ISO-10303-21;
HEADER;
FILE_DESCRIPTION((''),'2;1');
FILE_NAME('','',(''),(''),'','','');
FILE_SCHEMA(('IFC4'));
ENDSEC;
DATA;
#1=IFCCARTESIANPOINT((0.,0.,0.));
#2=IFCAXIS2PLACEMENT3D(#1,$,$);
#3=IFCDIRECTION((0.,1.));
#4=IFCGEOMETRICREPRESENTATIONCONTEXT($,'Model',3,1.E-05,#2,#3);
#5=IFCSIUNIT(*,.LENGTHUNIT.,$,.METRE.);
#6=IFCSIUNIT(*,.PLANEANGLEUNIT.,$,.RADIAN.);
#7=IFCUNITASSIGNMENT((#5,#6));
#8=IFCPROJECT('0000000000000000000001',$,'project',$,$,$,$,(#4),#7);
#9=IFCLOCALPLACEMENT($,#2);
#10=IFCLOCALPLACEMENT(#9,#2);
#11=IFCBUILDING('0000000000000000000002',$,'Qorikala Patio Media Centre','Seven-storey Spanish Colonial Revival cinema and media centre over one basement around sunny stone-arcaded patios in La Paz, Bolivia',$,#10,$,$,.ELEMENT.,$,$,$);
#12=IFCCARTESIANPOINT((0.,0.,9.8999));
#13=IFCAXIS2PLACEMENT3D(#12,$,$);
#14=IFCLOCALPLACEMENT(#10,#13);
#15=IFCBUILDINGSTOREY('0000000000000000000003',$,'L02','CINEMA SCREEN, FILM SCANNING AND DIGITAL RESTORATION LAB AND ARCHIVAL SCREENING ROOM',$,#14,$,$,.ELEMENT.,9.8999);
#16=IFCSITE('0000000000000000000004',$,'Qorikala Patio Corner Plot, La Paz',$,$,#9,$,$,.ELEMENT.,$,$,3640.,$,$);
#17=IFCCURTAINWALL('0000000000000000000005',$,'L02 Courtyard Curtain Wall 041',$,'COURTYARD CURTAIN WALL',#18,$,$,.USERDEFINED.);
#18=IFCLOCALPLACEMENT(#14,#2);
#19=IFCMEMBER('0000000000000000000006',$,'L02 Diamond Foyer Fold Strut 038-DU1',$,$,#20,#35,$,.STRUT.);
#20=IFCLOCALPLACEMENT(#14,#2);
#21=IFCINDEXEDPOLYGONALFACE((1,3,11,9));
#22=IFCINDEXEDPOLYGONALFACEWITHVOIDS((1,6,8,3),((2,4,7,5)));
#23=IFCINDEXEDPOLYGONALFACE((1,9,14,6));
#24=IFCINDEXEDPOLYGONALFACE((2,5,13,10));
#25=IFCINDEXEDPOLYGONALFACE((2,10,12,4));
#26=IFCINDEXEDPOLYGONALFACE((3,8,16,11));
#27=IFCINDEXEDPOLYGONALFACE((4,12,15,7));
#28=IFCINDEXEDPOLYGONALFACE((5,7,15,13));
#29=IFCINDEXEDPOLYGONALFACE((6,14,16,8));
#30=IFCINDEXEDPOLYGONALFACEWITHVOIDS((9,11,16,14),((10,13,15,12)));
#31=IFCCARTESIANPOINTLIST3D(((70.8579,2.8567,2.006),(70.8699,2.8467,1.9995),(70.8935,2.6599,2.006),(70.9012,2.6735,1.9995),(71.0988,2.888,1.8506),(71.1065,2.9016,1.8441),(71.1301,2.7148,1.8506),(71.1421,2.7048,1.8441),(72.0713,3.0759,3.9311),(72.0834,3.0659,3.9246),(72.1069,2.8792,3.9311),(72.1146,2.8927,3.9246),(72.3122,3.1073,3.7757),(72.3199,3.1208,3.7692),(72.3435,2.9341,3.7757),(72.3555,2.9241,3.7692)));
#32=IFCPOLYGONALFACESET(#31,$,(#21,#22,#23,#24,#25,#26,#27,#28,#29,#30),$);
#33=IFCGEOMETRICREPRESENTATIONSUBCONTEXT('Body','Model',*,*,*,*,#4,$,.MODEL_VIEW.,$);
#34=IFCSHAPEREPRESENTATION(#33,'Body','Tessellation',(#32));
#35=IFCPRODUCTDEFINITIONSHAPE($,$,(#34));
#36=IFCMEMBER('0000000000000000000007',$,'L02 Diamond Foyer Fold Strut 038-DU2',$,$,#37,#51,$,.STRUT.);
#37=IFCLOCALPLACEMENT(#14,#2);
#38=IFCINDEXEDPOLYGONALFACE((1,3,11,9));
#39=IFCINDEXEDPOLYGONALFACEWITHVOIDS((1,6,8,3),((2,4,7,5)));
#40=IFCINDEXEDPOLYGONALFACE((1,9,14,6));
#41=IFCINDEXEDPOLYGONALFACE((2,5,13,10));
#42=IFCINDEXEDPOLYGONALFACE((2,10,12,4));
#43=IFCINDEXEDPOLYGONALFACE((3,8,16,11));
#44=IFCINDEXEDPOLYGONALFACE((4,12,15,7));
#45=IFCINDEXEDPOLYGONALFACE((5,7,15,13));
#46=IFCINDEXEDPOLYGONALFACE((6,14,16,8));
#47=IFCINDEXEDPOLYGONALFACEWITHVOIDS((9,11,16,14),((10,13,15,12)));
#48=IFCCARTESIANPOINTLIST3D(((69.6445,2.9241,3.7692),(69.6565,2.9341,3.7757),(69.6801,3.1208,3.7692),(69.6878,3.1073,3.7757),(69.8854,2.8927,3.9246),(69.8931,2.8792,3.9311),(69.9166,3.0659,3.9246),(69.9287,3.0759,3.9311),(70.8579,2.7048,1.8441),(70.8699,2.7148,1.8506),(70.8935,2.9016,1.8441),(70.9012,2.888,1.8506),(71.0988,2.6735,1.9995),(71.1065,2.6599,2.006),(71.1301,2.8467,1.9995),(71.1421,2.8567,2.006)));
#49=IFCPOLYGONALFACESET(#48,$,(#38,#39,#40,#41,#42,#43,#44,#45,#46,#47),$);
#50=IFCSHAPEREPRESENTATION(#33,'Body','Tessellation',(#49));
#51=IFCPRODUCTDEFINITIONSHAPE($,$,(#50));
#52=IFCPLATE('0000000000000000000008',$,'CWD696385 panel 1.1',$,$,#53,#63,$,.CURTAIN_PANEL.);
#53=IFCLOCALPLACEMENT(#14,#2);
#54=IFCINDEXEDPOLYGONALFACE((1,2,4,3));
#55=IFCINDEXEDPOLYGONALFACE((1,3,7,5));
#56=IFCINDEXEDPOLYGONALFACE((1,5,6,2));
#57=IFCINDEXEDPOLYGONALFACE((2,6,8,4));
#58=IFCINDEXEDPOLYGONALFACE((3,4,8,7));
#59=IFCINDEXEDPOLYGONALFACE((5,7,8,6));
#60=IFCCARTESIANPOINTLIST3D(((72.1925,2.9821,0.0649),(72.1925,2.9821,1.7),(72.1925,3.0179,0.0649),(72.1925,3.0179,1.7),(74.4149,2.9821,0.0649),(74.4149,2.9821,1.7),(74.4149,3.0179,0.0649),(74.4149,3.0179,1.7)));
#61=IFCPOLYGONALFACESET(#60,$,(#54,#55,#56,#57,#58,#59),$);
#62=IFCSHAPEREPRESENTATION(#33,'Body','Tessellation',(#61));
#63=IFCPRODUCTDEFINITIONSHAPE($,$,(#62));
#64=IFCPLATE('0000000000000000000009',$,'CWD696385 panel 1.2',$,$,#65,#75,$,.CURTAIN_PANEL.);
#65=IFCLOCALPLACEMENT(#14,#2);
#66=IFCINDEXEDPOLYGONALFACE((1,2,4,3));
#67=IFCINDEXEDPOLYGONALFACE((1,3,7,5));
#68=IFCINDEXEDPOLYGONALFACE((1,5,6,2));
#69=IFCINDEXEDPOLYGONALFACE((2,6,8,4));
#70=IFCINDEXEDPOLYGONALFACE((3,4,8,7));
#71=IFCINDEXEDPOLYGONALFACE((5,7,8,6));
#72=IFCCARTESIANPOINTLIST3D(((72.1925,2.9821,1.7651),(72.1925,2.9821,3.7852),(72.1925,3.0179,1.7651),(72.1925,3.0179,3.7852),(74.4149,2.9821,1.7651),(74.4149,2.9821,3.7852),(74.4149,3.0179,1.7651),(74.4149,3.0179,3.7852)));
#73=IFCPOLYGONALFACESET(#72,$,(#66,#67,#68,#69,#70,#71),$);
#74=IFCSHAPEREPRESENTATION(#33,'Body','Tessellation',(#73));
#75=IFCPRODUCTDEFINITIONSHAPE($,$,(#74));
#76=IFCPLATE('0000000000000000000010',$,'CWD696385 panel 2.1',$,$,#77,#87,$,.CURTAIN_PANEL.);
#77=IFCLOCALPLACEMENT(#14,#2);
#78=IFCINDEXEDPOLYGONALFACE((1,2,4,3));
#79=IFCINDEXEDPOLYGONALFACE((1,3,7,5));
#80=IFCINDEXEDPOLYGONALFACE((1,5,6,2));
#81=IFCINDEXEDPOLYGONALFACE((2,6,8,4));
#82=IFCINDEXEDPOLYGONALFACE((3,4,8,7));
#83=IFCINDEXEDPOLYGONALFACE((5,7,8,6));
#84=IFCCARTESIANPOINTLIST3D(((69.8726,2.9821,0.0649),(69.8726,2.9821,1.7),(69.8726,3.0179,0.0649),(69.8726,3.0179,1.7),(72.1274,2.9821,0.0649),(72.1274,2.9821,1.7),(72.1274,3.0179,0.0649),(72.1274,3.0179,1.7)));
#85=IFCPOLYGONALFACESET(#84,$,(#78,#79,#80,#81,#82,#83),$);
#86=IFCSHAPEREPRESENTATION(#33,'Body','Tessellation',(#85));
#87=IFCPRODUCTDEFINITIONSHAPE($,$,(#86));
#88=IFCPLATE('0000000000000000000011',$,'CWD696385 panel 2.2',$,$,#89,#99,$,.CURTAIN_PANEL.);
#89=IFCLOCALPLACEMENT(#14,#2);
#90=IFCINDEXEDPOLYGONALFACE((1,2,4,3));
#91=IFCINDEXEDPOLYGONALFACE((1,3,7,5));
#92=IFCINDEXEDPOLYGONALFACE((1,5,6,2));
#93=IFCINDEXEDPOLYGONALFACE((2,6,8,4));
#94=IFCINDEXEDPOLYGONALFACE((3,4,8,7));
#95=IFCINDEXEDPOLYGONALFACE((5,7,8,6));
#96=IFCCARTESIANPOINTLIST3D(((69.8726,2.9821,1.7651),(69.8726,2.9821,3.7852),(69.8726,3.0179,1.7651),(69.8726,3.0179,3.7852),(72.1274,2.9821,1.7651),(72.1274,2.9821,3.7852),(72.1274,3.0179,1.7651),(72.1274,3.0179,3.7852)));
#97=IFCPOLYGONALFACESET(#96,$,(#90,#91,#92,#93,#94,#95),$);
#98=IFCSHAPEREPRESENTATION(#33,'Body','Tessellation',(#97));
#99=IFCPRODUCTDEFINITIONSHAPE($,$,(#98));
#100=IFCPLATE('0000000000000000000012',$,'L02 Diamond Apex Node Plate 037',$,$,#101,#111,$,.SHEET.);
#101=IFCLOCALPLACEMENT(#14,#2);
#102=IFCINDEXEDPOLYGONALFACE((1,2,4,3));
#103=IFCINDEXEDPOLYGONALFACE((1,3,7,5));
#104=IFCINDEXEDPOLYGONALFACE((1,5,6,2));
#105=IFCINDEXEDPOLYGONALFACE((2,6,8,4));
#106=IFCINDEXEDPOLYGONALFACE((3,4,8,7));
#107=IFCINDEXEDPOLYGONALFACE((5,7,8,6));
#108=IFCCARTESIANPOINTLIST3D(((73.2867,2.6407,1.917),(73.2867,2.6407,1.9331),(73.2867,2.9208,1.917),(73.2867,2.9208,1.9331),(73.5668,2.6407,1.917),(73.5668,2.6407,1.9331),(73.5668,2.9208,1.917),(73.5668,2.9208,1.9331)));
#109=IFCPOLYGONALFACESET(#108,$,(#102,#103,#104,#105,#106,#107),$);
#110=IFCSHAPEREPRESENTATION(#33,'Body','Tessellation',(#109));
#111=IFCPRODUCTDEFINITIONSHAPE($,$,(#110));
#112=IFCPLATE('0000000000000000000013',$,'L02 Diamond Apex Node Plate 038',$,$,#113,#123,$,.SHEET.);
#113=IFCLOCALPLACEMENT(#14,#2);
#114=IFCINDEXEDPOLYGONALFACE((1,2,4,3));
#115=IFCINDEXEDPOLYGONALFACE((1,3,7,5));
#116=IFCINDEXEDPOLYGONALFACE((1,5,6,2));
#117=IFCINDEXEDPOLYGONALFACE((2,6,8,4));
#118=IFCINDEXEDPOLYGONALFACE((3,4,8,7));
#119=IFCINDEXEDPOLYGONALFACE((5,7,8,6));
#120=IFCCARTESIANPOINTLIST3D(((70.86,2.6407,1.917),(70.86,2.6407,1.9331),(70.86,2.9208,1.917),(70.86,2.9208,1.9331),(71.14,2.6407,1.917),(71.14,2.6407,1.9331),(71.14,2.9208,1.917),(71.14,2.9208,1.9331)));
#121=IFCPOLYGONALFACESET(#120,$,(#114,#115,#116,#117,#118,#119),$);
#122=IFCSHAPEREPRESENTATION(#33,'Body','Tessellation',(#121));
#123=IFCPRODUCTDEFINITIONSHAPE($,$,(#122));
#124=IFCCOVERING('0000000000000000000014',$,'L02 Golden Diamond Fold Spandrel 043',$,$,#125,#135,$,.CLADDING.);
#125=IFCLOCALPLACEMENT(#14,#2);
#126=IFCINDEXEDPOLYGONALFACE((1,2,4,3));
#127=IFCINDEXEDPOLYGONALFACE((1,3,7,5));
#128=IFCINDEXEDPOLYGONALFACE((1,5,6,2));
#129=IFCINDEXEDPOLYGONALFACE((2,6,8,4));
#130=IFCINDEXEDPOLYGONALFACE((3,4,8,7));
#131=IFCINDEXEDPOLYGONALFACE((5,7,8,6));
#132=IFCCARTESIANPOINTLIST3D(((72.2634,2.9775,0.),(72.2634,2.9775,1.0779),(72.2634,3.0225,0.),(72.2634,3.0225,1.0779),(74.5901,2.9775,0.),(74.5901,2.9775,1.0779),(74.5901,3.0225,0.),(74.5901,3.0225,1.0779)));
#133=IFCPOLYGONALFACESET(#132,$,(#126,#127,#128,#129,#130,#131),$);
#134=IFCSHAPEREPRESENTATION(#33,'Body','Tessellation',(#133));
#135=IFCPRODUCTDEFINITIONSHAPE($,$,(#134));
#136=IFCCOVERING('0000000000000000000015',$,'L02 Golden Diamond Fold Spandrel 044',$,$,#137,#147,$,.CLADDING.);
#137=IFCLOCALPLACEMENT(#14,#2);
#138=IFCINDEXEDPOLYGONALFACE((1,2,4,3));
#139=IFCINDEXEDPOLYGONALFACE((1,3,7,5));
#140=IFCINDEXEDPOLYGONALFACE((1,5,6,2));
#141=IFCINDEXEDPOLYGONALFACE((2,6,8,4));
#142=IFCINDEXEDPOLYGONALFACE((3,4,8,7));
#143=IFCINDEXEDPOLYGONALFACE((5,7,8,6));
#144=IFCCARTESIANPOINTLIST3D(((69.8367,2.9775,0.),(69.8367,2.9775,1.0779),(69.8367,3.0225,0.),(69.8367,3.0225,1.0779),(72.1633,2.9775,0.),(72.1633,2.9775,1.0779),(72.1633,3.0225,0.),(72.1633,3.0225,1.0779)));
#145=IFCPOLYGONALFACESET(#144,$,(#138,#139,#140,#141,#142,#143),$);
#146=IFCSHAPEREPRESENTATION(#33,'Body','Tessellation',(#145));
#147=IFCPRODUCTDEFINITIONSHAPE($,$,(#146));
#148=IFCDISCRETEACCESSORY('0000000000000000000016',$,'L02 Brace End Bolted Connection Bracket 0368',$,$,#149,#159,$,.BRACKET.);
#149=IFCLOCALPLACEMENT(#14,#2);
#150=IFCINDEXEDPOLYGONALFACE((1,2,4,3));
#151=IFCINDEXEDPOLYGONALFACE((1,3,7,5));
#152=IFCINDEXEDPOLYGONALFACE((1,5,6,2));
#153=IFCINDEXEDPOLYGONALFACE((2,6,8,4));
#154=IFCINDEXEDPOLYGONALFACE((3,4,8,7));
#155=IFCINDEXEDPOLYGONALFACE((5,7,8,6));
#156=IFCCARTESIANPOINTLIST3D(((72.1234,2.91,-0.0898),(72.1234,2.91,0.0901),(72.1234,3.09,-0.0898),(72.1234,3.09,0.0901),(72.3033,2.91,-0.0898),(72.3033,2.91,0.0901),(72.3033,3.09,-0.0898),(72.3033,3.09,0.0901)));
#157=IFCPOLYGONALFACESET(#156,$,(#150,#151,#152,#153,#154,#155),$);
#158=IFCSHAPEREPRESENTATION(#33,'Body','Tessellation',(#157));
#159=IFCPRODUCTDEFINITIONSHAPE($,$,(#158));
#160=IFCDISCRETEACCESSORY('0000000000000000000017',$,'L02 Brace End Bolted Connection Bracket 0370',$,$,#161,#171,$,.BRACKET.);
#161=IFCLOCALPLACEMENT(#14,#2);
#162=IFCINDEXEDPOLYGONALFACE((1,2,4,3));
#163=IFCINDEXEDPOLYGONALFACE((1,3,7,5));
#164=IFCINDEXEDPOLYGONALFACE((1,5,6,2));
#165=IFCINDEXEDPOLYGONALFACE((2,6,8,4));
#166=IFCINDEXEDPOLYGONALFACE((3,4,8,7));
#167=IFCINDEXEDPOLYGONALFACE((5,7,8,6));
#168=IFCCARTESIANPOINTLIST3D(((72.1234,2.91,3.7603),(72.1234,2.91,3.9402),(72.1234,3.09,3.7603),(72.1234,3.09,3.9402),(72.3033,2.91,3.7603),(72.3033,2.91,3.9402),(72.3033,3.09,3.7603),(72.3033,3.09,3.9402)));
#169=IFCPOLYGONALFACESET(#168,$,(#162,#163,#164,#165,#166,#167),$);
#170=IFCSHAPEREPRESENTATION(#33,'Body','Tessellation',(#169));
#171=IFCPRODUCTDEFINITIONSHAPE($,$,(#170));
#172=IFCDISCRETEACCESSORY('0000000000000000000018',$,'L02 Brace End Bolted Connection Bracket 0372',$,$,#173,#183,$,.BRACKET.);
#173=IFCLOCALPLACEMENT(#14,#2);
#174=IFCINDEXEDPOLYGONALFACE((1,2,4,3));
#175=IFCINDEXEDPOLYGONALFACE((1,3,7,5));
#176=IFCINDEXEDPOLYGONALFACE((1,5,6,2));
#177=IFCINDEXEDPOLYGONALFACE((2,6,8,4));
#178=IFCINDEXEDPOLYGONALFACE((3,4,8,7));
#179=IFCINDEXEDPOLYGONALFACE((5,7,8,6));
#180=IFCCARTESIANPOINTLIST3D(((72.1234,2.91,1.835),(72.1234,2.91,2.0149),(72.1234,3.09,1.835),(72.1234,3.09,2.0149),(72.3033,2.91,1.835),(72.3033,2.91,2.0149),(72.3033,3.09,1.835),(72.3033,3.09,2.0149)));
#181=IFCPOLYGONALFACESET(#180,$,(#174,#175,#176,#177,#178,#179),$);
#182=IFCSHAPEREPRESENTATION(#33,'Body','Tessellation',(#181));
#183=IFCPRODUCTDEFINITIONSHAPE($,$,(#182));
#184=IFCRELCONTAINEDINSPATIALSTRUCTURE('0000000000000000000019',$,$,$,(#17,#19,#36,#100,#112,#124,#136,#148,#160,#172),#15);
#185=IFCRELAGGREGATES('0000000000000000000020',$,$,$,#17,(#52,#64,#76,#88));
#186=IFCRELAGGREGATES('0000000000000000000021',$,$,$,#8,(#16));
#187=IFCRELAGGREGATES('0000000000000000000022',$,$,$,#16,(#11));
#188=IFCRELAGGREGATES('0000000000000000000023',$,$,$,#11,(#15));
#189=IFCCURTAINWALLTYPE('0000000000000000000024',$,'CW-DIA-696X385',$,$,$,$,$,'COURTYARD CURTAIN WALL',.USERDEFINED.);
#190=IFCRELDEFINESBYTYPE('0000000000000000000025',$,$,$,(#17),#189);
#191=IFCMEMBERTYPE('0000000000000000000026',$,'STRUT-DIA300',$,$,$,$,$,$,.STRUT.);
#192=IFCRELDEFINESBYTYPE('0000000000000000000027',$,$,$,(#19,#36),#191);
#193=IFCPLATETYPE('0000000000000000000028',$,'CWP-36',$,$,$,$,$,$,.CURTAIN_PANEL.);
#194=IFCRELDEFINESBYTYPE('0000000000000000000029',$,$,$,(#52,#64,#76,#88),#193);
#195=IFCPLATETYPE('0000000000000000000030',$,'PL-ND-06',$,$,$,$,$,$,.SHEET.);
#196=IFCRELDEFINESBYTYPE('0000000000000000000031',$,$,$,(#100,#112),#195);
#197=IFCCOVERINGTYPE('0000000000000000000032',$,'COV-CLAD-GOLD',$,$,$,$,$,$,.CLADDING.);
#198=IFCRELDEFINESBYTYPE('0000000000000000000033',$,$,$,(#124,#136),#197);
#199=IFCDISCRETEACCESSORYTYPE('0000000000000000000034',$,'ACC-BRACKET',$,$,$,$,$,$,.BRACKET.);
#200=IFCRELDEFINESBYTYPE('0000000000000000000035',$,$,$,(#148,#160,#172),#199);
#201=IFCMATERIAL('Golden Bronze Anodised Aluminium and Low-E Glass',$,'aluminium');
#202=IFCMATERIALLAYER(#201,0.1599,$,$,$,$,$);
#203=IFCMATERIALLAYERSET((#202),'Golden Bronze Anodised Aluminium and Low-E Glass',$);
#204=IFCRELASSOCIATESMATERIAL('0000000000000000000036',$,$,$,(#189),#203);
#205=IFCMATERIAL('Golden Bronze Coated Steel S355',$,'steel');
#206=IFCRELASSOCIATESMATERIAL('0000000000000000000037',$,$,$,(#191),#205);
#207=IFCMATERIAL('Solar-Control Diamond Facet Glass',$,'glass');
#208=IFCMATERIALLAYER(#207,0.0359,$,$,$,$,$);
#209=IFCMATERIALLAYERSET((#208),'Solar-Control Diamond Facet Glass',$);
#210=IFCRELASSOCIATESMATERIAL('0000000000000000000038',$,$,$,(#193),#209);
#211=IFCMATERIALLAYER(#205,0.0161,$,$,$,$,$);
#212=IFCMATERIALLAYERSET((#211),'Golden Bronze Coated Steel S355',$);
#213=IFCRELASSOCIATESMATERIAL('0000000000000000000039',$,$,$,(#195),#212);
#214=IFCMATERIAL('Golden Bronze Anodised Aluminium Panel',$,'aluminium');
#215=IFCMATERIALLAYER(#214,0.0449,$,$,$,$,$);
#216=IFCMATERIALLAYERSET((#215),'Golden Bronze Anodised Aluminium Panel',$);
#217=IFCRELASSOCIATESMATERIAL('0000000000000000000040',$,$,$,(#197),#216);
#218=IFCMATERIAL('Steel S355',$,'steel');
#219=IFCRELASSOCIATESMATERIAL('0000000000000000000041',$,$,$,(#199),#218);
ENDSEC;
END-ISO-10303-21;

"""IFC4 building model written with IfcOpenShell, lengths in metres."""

from ifc_helpers import new_model, si_unit, direction, frame, origin, origin_2d, place, context, subcontext, project, spatial, rectangle, hollow_rectangle, extrude, material, layer, layer_set, material_profile, profile_set, type_object, element, aggregate, save


model = new_model("IFC4")

# Units and contexts
model_context = context("Model", 3, precision=1e-05, world=origin(), true_north=direction((0.0, 1.0)))
body_context = subcontext(model_context, "Body", "Model", "MODEL_VIEW")
ifc_project = project(units=[si_unit("LENGTHUNIT", "METRE"), si_unit("PLANEANGLEUNIT", "RADIAN")], contexts=[model_context])

# Site, building, storey
site_placement = place(None, origin())
site = spatial("IfcSite", under=ifc_project, at=site_placement, Name="Qorikala Patio Corner Plot, La Paz", CompositionType="ELEMENT", RefElevation=3640.0)
building_placement = place(site_placement, origin())
building = spatial("IfcBuilding", under=site, at=building_placement, Name="Qorikala Patio Media Centre", Description="Seven-storey Spanish Colonial Revival cinema and media centre over one basement around sunny stone-arcaded patios in La Paz, Bolivia", CompositionType="ELEMENT")
storey_placement = place(building_placement, frame((0.0, 0.0, 9.8999)))
storey = spatial("IfcBuildingStorey", under=building, at=storey_placement, Name="L02", Description="CINEMA SCREEN, FILM SCANNING AND DIGITAL RESTORATION LAB AND ARCHIVAL SCREENING ROOM", CompositionType="ELEMENT", Elevation=9.8999)

# Shared definitions
ifc_material_1 = material(Name="Golden Bronze Coated Steel S355", Category="steel")

# Curtain wall
ifc_material_2 = material(Name="Golden Bronze Anodised Aluminium and Low-E Glass", Category="aluminium")
ifc_layer_1 = layer(ifc_material_2, 0.1599)
ifc_layer_set_1 = layer_set([ifc_layer_1], Name="Golden Bronze Anodised Aluminium and Low-E Glass")
curtain_wall_type = type_object("IfcCurtainWallType", Name="CW-DIA-696X385", ElementType="COURTYARD CURTAIN WALL", PredefinedType="USERDEFINED", material=ifc_layer_set_1)
curtain_wall_placement = place(storey_placement, origin())
curtain_wall = element("IfcCurtainWall", 1, at=curtain_wall_placement, inside=storey, type_object=curtain_wall_type, Name="L02 Courtyard Curtain Wall 041", ObjectType="COURTYARD CURTAIN WALL", PredefinedType="USERDEFINED")

# Members
ifc_material_profile_1 = material_profile(ifc_material_1, hollow_rectangle(XDim=0.2, YDim=0.3, WallThickness=0.012, at=origin_2d()), Name="HSS300X200X12")
ifc_profile_set_1 = profile_set([ifc_material_profile_1], Name="Golden Bronze Coated Steel S355")
member_type_1 = type_object("IfcMemberType", Name="STRUT-DIA300", PredefinedType="STRUT", material=ifc_profile_set_1)
for number, where, z_axis, x_axis, name in (
    (2, (71.0, 2.7808, 1.925), (0.530768, 0.095901, 0.842074), (-0.177805, 0.984066, 0.0), "L02 Diamond Foyer Fold Strut 038-DU1"),
    (3, (71.0, 2.7808, 1.925), (-0.530768, 0.095901, 0.842074), (-0.177805, -0.984066, 0.0), "L02 Diamond Foyer Fold Strut 038-DU2"),
):
    element("IfcMember", number, at=place(storey_placement, frame(where, z_axis=z_axis, x_axis=x_axis)), inside=storey, type_object=member_type_1, Name=name, PredefinedType="STRUT", context=body_context, shape_type="SweptSolid", body=[
        extrude(hollow_rectangle(XDim=0.2, YDim=0.3, WallThickness=0.012, at=origin_2d()), origin(), (0.0, 0.0, 1.0), 2.2861),
    ])

# Plates
ifc_material_3 = material(Name="Solar-Control Diamond Facet Glass", Category="glass")
ifc_layer_2 = layer(ifc_material_3, 0.0359)
ifc_layer_set_2 = layer_set([ifc_layer_2], Name="Solar-Control Diamond Facet Glass")
plate_type_1 = type_object("IfcPlateType", Name="CWP-36", PredefinedType="CURTAIN_PANEL", material=ifc_layer_set_2)
plate_1_placement = place(storey_placement, frame((73.3037, 3.0, 0.0649), z_axis=(0.0, 0.0, 1.0), x_axis=(-1.0, 0.0, 0.0)))
plate_1 = element("IfcPlate", 4, at=plate_1_placement, type_object=plate_type_1, Name="CWD696385 panel 1.1", PredefinedType="CURTAIN_PANEL", context=body_context, shape_type="SweptSolid", body=[
    extrude(rectangle(XDim=2.2224, YDim=0.0359, at=origin_2d()), origin(), (0.0, 0.0, 1.0), 1.635),
])
plate_2_placement = place(storey_placement, frame((73.3037, 3.0, 1.7651), z_axis=(0.0, 0.0, 1.0), x_axis=(-1.0, 0.0, 0.0)))
plate_2 = element("IfcPlate", 5, at=plate_2_placement, type_object=plate_type_1, Name="CWD696385 panel 1.2", PredefinedType="CURTAIN_PANEL", context=body_context, shape_type="SweptSolid", body=[
    extrude(rectangle(XDim=2.2224, YDim=0.0359, at=origin_2d()), origin(), (0.0, 0.0, 1.0), 2.02),
])
plate_3_placement = place(storey_placement, frame((71.0, 3.0, 0.0649), z_axis=(0.0, 0.0, 1.0), x_axis=(-1.0, 0.0, 0.0)))
plate_3 = element("IfcPlate", 6, at=plate_3_placement, type_object=plate_type_1, Name="CWD696385 panel 2.1", PredefinedType="CURTAIN_PANEL", context=body_context, shape_type="SweptSolid", body=[
    extrude(rectangle(XDim=2.2549, YDim=0.0359, at=origin_2d()), origin(), (0.0, 0.0, 1.0), 1.635),
])
plate_4_placement = place(storey_placement, frame((71.0, 3.0, 1.7651), z_axis=(0.0, 0.0, 1.0), x_axis=(-1.0, 0.0, 0.0)))
plate_4 = element("IfcPlate", 7, at=plate_4_placement, type_object=plate_type_1, Name="CWD696385 panel 2.2", PredefinedType="CURTAIN_PANEL", context=body_context, shape_type="SweptSolid", body=[
    extrude(rectangle(XDim=2.2549, YDim=0.0359, at=origin_2d()), origin(), (0.0, 0.0, 1.0), 2.02),
])
aggregate(curtain_wall, [plate_1, plate_2, plate_3, plate_4])

# Plates
ifc_layer_3 = layer(ifc_material_1, 0.0161)
ifc_layer_set_3 = layer_set([ifc_layer_3], Name="Golden Bronze Coated Steel S355")
plate_type_2 = type_object("IfcPlateType", Name="PL-ND-06", PredefinedType="SHEET", material=ifc_layer_set_3)
for number, where, z_axis, x_axis, name in (
    (8, (73.4268, 2.7808, 1.917), (0.0, 0.0, 1.0), (-1.0, 0.0, 0.0), "L02 Diamond Apex Node Plate 037"),
    (9, (71.0, 2.7808, 1.917), (0.0, 0.0, 1.0), (-1.0, 0.0, 0.0), "L02 Diamond Apex Node Plate 038"),
):
    element("IfcPlate", number, at=place(storey_placement, frame(where, z_axis=z_axis, x_axis=x_axis)), inside=storey, type_object=plate_type_2, Name=name, PredefinedType="SHEET", context=body_context, shape_type="SweptSolid", body=[
        extrude(rectangle(XDim=0.28, YDim=0.28, at=origin_2d()), origin(), (0.0, 0.0, 1.0), 0.0161),
    ])

# Coverings
ifc_material_4 = material(Name="Golden Bronze Anodised Aluminium Panel", Category="aluminium")
ifc_layer_4 = layer(ifc_material_4, 0.0449)
ifc_layer_set_4 = layer_set([ifc_layer_4], Name="Golden Bronze Anodised Aluminium Panel")
covering_type = type_object("IfcCoveringType", Name="COV-CLAD-GOLD", PredefinedType="CLADDING", material=ifc_layer_set_4)
for number, where, z_axis, x_axis, name in (
    (10, (73.4268, 3.0, 0.0), (0.0, 0.0, 1.0), (-1.0, 0.0, 0.0), "L02 Golden Diamond Fold Spandrel 043"),
    (11, (71.0, 3.0, 0.0), (0.0, 0.0, 1.0), (-1.0, 0.0, 0.0), "L02 Golden Diamond Fold Spandrel 044"),
):
    element("IfcCovering", number, at=place(storey_placement, frame(where, z_axis=z_axis, x_axis=x_axis)), inside=storey, type_object=covering_type, Name=name, PredefinedType="CLADDING", context=body_context, shape_type="SweptSolid", body=[
        extrude(rectangle(XDim=2.3267, YDim=0.0449, at=origin_2d()), origin(), (0.0, 0.0, 1.0), 1.0779),
    ])

# Discrete accessories
ifc_material_5 = material(Name="Steel S355", Category="steel")
discrete_accessory_type = type_object("IfcDiscreteAccessoryType", Name="ACC-BRACKET", PredefinedType="BRACKET", material=ifc_material_5)
for number, where, z_axis, x_axis, name in (
    (12, (72.2134, 3.0, -0.0898), (0.0, 0.0, 1.0), (1.0, 0.0, 0.0), "L02 Brace End Bolted Connection Bracket 0368"),
    (13, (72.2134, 3.0, 3.7603), (0.0, 0.0, 1.0), (1.0, 0.0, 0.0), "L02 Brace End Bolted Connection Bracket 0370"),
    (14, (72.2134, 3.0, 1.835), (0.0, 0.0, 1.0), (1.0, 0.0, 0.0), "L02 Brace End Bolted Connection Bracket 0372"),
):
    element("IfcDiscreteAccessory", number, at=place(storey_placement, frame(where, z_axis=z_axis, x_axis=x_axis)), inside=storey, type_object=discrete_accessory_type, Name=name, PredefinedType="BRACKET", context=body_context, shape_type="SweptSolid", body=[
        extrude(rectangle(XDim=0.1799, YDim=0.1799, at=origin_2d()), origin(), (0.0, 0.0, 1.0), 0.1799),
    ])

save(model, "model.ifc")
